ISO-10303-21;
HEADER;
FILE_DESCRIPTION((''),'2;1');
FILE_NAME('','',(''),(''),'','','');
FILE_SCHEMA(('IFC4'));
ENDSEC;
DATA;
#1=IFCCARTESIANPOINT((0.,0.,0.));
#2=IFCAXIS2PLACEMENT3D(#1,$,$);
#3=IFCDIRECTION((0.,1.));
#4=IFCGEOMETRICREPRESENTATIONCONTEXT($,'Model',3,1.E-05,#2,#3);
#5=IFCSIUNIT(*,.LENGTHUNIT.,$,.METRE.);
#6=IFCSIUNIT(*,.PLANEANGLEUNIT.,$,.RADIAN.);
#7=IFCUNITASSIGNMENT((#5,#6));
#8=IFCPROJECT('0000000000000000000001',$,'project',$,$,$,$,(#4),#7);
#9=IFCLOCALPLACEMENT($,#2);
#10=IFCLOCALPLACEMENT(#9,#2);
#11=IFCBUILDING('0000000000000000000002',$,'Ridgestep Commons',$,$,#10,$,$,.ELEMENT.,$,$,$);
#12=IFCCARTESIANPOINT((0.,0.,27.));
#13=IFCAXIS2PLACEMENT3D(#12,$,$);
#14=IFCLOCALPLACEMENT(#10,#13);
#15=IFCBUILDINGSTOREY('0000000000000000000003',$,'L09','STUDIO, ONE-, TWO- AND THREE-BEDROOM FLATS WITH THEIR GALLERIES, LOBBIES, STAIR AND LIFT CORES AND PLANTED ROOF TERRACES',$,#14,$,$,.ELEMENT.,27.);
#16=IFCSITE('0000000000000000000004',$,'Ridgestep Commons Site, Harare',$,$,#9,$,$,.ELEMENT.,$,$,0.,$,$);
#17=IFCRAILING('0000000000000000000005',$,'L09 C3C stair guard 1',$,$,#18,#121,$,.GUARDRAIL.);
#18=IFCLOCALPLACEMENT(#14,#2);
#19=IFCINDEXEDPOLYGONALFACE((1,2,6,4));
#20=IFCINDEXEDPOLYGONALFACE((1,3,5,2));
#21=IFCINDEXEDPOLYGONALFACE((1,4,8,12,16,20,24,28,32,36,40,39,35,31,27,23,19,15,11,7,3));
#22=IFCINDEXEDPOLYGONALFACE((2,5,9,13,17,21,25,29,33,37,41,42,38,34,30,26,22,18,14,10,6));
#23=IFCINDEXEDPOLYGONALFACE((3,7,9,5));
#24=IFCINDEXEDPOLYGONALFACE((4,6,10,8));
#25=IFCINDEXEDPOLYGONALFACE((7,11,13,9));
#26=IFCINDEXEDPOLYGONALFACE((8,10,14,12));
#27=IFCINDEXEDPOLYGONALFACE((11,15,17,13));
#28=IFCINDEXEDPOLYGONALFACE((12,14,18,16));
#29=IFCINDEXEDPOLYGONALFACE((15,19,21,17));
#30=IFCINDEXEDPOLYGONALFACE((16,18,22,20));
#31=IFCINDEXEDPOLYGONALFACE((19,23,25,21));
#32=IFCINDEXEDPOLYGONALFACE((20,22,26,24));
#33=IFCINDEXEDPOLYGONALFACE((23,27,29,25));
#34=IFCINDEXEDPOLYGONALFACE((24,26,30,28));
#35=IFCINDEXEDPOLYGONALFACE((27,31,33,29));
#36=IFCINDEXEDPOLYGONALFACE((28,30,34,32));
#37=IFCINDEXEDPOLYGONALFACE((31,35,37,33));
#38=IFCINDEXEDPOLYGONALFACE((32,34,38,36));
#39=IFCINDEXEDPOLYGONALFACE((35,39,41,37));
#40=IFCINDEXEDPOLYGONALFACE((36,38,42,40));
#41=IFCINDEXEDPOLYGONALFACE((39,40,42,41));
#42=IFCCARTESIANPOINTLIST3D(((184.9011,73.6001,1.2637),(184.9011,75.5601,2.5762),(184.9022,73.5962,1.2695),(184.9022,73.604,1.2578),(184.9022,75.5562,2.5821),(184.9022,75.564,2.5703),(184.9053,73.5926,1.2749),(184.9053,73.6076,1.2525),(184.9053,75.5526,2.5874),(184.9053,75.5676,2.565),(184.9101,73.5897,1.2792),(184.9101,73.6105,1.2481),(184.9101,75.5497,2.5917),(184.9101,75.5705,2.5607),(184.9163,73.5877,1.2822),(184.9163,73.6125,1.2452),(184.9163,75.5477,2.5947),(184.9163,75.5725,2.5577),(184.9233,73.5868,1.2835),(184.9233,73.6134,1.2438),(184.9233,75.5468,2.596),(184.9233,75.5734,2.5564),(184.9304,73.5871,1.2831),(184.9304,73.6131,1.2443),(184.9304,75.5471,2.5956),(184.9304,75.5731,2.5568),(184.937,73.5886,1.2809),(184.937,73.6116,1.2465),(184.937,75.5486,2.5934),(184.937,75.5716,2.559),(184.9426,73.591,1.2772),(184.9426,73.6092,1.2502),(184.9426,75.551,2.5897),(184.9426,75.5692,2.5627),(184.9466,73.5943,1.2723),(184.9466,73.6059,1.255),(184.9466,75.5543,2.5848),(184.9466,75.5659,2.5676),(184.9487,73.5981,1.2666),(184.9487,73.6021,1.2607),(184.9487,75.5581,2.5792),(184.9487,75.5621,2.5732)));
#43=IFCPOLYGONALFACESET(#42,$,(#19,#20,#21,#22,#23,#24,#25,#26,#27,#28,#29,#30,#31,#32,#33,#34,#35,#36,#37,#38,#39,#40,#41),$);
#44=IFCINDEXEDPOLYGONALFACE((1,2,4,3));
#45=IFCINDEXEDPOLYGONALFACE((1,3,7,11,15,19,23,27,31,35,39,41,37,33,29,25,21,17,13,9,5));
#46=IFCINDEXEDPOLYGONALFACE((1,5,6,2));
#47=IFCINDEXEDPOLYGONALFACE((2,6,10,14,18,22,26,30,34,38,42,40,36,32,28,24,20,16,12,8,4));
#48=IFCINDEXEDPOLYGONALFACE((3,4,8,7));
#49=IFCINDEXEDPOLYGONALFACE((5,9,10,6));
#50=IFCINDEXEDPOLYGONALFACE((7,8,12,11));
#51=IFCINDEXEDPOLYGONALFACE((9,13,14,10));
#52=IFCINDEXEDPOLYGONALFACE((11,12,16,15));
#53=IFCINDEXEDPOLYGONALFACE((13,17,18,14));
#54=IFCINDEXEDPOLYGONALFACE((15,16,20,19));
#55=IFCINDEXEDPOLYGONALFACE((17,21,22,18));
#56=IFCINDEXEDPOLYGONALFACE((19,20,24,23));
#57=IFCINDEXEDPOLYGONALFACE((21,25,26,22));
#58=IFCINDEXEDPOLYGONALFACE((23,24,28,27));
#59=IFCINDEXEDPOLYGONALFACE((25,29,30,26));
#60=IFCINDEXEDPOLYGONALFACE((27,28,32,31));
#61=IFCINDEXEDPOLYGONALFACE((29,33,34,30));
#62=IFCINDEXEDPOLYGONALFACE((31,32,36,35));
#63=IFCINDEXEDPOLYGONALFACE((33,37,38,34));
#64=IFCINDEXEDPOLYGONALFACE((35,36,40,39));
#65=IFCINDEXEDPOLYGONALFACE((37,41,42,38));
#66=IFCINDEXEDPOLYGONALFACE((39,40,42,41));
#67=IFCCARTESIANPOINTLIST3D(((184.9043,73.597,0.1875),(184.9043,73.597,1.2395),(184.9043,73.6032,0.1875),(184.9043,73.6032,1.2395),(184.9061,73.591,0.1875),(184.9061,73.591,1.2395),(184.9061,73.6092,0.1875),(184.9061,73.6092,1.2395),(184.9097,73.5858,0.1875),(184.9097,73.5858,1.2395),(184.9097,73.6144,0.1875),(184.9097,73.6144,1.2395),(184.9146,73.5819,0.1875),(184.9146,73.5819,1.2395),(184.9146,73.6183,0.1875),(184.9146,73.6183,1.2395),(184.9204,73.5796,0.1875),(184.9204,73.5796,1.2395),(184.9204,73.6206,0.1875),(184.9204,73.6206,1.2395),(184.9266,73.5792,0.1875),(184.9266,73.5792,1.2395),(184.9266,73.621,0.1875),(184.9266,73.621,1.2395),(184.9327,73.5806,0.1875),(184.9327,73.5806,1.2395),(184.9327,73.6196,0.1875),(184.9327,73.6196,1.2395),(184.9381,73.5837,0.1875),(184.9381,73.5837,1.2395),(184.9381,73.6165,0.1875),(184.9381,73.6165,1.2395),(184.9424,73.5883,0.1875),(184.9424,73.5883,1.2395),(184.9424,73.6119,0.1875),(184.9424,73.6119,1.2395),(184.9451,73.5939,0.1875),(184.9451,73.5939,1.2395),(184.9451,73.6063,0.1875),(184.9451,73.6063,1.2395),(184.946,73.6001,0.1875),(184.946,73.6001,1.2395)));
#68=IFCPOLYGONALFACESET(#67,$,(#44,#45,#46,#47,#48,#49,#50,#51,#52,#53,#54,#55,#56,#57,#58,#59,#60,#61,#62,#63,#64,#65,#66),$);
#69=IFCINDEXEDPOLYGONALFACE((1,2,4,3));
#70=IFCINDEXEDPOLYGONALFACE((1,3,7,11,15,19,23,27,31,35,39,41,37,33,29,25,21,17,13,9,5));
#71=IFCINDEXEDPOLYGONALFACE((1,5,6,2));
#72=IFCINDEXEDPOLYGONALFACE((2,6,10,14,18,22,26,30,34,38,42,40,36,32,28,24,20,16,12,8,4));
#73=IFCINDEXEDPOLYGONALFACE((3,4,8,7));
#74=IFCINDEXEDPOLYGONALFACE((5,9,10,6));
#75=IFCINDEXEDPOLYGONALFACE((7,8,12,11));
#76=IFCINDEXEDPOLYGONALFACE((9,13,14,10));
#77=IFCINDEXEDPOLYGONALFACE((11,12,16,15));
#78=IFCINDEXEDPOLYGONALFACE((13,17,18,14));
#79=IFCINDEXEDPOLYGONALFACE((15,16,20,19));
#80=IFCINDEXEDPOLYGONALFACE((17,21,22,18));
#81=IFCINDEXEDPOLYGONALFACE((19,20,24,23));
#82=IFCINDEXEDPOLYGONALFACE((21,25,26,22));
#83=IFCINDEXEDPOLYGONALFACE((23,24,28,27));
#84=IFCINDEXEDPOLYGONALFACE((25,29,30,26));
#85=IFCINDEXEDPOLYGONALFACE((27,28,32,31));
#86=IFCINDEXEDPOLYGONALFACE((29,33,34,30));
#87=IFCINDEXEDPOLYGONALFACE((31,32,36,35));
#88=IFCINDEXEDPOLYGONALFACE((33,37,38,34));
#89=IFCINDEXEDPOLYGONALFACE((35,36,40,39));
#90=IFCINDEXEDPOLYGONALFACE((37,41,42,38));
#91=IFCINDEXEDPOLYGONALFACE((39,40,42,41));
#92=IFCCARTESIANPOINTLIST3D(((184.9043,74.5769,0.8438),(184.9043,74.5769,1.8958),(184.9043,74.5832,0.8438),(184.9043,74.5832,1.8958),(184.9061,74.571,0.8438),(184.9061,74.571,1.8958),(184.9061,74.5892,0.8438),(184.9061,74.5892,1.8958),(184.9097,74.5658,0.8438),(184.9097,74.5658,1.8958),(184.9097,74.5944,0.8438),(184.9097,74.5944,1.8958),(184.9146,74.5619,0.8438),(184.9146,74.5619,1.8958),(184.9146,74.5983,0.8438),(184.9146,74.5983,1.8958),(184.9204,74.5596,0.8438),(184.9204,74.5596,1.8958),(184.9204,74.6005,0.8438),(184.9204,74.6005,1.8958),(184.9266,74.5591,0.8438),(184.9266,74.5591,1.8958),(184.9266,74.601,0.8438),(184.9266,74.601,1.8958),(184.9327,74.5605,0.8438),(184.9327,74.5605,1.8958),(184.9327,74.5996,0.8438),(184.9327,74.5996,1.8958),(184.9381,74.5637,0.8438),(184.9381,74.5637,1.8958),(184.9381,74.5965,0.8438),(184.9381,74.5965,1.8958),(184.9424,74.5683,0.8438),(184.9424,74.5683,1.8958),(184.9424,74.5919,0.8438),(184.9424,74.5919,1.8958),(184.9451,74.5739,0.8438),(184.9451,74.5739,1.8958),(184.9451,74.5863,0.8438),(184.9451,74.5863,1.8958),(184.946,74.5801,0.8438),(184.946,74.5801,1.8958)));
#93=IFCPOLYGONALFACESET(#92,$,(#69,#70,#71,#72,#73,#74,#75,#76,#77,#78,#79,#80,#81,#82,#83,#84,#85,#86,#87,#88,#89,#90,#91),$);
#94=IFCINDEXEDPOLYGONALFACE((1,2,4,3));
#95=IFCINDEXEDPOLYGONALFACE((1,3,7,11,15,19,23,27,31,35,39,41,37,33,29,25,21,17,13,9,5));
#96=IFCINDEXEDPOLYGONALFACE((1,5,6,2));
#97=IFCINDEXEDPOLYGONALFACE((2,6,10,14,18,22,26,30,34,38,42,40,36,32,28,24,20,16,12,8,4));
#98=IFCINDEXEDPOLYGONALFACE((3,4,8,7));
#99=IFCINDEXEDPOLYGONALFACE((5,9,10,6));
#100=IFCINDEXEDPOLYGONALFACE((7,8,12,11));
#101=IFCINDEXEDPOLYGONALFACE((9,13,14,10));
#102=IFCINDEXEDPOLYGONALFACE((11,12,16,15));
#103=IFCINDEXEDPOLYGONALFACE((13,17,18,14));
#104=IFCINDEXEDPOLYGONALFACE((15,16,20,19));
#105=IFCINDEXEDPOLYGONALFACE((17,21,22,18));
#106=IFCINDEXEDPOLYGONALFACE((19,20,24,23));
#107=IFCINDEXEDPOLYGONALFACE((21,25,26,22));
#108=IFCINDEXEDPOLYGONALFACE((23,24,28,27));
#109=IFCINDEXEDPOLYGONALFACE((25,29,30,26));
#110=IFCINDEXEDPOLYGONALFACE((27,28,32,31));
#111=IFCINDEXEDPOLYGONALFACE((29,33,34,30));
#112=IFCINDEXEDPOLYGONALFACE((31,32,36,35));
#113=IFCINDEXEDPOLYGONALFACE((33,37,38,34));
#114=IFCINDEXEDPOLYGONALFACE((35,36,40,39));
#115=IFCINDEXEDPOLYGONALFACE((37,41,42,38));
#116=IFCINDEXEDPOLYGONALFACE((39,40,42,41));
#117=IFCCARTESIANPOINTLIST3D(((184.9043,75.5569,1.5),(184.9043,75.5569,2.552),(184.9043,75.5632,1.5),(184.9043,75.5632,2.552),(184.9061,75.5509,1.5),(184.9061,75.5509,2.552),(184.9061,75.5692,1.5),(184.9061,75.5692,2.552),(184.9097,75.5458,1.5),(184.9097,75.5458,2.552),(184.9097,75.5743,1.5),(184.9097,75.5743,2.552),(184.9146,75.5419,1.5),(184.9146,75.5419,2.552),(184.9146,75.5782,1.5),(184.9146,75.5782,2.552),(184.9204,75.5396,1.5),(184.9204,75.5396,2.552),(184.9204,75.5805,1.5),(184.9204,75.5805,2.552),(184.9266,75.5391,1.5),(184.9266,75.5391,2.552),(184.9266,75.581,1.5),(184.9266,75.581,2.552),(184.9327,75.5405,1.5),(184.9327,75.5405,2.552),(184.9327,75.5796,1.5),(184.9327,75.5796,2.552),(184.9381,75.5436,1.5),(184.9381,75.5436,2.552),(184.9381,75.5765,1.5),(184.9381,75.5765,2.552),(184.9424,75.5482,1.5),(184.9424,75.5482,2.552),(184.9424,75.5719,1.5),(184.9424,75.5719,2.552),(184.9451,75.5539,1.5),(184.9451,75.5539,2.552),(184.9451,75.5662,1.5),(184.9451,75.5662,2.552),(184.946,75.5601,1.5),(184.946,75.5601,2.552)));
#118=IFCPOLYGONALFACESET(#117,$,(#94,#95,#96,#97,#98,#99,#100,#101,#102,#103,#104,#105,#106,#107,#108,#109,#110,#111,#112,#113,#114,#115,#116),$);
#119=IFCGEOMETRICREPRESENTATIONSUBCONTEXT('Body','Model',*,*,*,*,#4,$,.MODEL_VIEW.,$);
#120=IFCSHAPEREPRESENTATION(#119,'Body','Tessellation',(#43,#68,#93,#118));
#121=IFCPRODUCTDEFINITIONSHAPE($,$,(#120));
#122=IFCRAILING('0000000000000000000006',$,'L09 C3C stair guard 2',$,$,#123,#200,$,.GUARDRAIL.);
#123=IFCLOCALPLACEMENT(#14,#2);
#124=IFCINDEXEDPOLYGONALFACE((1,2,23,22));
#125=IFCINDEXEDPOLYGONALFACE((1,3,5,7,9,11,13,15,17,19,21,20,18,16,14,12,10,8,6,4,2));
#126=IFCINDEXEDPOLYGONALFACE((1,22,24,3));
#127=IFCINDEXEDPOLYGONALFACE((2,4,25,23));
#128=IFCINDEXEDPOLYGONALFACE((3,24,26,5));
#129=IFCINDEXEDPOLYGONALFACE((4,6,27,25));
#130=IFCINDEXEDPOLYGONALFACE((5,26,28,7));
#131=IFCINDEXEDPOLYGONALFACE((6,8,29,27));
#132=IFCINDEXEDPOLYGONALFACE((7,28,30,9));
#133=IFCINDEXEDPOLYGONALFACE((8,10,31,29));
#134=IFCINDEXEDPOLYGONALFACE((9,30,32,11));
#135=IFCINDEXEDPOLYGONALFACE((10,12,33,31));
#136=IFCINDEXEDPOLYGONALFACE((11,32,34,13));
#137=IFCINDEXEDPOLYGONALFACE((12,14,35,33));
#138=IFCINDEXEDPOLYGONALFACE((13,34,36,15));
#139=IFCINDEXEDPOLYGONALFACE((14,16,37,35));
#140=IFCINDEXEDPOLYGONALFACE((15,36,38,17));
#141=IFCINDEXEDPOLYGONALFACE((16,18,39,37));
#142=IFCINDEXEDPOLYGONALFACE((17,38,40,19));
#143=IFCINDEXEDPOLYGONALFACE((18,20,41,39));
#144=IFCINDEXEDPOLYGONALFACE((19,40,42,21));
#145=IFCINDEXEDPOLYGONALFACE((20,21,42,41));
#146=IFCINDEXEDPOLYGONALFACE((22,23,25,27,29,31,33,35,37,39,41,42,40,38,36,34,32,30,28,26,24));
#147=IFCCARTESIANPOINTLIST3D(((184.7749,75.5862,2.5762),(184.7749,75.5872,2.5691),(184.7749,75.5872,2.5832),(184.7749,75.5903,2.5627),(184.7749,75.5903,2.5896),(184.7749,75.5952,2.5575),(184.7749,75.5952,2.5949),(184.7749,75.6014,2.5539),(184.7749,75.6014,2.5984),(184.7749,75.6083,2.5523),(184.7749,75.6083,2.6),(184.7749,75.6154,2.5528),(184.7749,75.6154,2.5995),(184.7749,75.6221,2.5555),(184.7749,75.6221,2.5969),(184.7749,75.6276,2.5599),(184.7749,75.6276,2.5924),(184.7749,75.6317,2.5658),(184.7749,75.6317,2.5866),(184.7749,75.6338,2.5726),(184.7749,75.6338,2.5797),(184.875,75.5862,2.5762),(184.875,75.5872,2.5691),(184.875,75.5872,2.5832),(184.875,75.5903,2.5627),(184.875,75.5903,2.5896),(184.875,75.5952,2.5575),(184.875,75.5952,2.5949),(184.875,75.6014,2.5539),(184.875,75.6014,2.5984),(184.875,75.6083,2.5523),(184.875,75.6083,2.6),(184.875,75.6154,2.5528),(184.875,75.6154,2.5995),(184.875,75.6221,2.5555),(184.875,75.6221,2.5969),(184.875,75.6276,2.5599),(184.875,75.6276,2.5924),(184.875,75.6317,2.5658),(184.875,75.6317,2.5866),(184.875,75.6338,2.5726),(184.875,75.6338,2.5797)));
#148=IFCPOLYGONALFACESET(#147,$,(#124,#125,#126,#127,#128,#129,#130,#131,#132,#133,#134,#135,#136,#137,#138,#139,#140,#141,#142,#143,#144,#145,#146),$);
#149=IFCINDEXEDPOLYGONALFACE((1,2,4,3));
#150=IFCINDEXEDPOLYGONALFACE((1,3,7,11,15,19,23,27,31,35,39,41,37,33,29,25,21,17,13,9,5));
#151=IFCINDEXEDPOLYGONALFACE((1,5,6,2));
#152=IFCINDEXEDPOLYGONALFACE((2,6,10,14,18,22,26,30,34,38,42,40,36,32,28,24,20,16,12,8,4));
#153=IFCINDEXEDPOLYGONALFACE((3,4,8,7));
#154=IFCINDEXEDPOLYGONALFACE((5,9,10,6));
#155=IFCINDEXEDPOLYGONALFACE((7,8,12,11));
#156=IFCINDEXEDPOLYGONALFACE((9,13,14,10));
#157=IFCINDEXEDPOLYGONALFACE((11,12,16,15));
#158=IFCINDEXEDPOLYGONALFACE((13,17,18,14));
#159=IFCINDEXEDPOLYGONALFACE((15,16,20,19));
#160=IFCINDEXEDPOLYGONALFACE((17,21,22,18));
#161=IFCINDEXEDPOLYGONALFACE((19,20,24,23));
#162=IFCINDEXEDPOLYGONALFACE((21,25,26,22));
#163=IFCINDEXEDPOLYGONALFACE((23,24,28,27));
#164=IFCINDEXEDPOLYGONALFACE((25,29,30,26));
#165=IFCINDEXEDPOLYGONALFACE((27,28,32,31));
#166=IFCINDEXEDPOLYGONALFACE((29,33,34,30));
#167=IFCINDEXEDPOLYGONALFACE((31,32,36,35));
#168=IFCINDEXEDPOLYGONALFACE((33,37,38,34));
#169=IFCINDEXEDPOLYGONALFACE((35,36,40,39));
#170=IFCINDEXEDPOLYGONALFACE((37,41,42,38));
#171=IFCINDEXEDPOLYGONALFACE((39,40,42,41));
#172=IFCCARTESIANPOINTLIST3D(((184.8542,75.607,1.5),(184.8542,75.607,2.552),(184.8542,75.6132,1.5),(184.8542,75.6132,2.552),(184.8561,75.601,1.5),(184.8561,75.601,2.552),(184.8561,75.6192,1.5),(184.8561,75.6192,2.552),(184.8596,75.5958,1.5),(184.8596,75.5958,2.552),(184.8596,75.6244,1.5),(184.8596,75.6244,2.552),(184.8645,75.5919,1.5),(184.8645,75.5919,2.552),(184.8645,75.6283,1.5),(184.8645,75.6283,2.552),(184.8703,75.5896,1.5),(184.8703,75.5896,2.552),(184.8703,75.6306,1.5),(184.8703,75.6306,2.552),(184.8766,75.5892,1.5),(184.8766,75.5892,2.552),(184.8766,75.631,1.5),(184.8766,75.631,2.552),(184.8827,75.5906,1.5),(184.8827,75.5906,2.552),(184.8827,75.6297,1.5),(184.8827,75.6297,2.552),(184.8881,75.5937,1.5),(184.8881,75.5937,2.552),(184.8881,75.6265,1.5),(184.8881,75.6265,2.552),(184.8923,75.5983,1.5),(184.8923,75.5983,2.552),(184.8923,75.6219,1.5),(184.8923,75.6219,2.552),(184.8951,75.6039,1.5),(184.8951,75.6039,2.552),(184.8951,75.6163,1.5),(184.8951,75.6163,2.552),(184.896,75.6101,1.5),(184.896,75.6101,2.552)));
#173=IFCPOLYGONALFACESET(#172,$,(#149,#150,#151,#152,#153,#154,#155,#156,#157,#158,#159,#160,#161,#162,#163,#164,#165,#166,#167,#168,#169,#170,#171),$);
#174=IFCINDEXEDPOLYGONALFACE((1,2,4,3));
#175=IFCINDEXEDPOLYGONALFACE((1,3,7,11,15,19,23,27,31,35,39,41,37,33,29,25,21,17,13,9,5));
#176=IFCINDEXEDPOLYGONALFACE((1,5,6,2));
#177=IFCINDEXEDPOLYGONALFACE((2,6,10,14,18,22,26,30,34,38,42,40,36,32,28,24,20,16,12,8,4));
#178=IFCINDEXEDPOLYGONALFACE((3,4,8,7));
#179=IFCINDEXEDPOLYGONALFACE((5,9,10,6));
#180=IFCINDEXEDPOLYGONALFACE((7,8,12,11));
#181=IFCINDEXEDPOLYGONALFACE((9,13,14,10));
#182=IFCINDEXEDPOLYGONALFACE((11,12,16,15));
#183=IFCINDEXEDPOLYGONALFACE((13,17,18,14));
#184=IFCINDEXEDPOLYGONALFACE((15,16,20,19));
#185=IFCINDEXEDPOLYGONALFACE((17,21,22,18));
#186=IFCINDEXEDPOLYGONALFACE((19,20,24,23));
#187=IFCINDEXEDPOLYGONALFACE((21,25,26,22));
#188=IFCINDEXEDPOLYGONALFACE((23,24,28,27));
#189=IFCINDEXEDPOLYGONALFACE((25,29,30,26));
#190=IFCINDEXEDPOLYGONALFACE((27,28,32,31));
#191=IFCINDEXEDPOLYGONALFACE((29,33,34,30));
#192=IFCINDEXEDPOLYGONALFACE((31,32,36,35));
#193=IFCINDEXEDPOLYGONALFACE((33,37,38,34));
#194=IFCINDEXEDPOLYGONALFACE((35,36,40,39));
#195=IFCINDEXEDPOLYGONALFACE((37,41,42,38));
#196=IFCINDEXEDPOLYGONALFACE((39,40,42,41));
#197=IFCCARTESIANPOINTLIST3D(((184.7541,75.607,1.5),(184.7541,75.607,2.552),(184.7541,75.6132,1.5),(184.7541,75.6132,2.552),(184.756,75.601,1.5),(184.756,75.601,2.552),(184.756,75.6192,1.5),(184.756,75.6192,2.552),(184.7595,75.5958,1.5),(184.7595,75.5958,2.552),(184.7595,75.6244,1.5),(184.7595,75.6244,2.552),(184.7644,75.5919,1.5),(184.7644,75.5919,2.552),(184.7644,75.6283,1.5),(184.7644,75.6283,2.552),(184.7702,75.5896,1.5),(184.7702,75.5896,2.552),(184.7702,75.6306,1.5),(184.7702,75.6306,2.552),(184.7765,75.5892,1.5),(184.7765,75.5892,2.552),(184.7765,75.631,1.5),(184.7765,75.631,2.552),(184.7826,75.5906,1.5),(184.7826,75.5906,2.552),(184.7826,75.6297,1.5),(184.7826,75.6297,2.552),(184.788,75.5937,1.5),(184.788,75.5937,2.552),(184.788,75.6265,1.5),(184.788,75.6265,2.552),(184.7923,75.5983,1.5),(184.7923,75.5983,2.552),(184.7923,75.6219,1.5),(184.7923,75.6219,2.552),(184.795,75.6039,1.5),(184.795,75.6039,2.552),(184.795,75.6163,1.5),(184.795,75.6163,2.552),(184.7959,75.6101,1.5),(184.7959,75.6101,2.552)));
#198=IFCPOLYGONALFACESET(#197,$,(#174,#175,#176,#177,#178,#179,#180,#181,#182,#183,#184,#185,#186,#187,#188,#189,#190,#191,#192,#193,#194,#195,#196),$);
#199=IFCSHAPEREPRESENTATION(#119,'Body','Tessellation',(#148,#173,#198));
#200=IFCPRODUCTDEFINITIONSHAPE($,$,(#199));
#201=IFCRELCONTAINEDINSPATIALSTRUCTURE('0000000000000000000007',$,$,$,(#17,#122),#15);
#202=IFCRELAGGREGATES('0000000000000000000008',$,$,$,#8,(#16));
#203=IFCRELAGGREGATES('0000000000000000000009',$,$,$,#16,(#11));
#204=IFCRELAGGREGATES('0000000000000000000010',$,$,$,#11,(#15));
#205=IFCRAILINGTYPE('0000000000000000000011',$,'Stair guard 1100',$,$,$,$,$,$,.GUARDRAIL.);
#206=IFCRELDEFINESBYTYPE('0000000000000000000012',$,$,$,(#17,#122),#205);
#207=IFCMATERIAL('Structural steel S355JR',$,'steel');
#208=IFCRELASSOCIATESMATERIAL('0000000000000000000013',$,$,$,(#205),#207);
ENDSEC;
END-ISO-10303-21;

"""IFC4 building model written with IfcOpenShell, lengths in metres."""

from ifc_helpers import new_model, si_unit, direction, frame, origin, origin_2d, place, context, subcontext, project, spatial, circle, extrude, material, type_object, element, save


model = new_model("IFC4")

# Units and contexts
model_context = context("Model", 3, precision=1e-05, world=origin(), true_north=direction((0.0, 1.0)))
body_context = subcontext(model_context, "Body", "Model", "MODEL_VIEW")
ifc_project = project(units=[si_unit("LENGTHUNIT", "METRE"), si_unit("PLANEANGLEUNIT", "RADIAN")], contexts=[model_context])

# Site, building, storey
site_placement = place(None, origin())
site = spatial("IfcSite", under=ifc_project, at=site_placement, Name="Ridgestep Commons Site, Harare", CompositionType="ELEMENT", RefElevation=0.0)
building_placement = place(site_placement, origin())
building = spatial("IfcBuilding", under=site, at=building_placement, Name="Ridgestep Commons", CompositionType="ELEMENT")
storey_placement = place(building_placement, frame((0.0, 0.0, 27.0)))
storey = spatial("IfcBuildingStorey", under=building, at=storey_placement, Name="L09", Description="STUDIO, ONE-, TWO- AND THREE-BEDROOM FLATS WITH THEIR GALLERIES, LOBBIES, STAIR AND LIFT CORES AND PLANTED ROOF TERRACES", CompositionType="ELEMENT", Elevation=27.0)

# Railings
ifc_material_1 = material(Name="Structural steel S355JR", Category="steel")
railing_type_1 = type_object("IfcRailingType", Name="Stair guard 1100", PredefinedType="GUARDRAIL", material=ifc_material_1)
railing_1_placement = place(storey_placement, frame((184.925, 73.6001, 0.1875)))
element("IfcRailing", 1, at=railing_1_placement, inside=storey, type_object=railing_type_1, Name="L09 C3C stair guard 1", PredefinedType="GUARDRAIL", context=body_context, shape_type="SweptSolid", body=[
    extrude(circle(Radius=0.0239, at=origin_2d()), frame((0.0, 0.0, 1.0762), z_axis=(0.0, 0.830902, 0.556419), x_axis=(-1.0, 0.0, 0.0)), (0.0, 0.0, 1.0), 2.3589),
    extrude(circle(Radius=0.021, at=origin_2d()), origin(), (0.0, 0.0, 1.0), 1.052),
    extrude(circle(Radius=0.021, at=origin_2d()), frame((0.0, 0.98, 0.6562)), (0.0, 0.0, 1.0), 1.052),
    extrude(circle(Radius=0.021, at=origin_2d()), frame((0.0, 1.96, 1.3125)), (0.0, 0.0, 1.0), 1.052),
])
railing_2_placement = place(storey_placement, frame((184.875, 75.6101, 1.5)))
element("IfcRailing", 2, at=railing_2_placement, inside=storey, type_object=railing_type_1, Name="L09 C3C stair guard 2", PredefinedType="GUARDRAIL", context=body_context, shape_type="SweptSolid", body=[
    extrude(circle(Radius=0.0239, at=origin_2d()), frame((0.0, 0.0, 1.0762), z_axis=(-1.0, 0.0, 0.0), x_axis=(0.0, -1.0, 0.0)), (0.0, 0.0, 1.0), 0.1001),
    extrude(circle(Radius=0.021, at=origin_2d()), origin(), (0.0, 0.0, 1.0), 1.052),
    extrude(circle(Radius=0.021, at=origin_2d()), frame((-0.1001, 0.0, 0.0)), (0.0, 0.0, 1.0), 1.052),
])

save(model, "model.ifc")
